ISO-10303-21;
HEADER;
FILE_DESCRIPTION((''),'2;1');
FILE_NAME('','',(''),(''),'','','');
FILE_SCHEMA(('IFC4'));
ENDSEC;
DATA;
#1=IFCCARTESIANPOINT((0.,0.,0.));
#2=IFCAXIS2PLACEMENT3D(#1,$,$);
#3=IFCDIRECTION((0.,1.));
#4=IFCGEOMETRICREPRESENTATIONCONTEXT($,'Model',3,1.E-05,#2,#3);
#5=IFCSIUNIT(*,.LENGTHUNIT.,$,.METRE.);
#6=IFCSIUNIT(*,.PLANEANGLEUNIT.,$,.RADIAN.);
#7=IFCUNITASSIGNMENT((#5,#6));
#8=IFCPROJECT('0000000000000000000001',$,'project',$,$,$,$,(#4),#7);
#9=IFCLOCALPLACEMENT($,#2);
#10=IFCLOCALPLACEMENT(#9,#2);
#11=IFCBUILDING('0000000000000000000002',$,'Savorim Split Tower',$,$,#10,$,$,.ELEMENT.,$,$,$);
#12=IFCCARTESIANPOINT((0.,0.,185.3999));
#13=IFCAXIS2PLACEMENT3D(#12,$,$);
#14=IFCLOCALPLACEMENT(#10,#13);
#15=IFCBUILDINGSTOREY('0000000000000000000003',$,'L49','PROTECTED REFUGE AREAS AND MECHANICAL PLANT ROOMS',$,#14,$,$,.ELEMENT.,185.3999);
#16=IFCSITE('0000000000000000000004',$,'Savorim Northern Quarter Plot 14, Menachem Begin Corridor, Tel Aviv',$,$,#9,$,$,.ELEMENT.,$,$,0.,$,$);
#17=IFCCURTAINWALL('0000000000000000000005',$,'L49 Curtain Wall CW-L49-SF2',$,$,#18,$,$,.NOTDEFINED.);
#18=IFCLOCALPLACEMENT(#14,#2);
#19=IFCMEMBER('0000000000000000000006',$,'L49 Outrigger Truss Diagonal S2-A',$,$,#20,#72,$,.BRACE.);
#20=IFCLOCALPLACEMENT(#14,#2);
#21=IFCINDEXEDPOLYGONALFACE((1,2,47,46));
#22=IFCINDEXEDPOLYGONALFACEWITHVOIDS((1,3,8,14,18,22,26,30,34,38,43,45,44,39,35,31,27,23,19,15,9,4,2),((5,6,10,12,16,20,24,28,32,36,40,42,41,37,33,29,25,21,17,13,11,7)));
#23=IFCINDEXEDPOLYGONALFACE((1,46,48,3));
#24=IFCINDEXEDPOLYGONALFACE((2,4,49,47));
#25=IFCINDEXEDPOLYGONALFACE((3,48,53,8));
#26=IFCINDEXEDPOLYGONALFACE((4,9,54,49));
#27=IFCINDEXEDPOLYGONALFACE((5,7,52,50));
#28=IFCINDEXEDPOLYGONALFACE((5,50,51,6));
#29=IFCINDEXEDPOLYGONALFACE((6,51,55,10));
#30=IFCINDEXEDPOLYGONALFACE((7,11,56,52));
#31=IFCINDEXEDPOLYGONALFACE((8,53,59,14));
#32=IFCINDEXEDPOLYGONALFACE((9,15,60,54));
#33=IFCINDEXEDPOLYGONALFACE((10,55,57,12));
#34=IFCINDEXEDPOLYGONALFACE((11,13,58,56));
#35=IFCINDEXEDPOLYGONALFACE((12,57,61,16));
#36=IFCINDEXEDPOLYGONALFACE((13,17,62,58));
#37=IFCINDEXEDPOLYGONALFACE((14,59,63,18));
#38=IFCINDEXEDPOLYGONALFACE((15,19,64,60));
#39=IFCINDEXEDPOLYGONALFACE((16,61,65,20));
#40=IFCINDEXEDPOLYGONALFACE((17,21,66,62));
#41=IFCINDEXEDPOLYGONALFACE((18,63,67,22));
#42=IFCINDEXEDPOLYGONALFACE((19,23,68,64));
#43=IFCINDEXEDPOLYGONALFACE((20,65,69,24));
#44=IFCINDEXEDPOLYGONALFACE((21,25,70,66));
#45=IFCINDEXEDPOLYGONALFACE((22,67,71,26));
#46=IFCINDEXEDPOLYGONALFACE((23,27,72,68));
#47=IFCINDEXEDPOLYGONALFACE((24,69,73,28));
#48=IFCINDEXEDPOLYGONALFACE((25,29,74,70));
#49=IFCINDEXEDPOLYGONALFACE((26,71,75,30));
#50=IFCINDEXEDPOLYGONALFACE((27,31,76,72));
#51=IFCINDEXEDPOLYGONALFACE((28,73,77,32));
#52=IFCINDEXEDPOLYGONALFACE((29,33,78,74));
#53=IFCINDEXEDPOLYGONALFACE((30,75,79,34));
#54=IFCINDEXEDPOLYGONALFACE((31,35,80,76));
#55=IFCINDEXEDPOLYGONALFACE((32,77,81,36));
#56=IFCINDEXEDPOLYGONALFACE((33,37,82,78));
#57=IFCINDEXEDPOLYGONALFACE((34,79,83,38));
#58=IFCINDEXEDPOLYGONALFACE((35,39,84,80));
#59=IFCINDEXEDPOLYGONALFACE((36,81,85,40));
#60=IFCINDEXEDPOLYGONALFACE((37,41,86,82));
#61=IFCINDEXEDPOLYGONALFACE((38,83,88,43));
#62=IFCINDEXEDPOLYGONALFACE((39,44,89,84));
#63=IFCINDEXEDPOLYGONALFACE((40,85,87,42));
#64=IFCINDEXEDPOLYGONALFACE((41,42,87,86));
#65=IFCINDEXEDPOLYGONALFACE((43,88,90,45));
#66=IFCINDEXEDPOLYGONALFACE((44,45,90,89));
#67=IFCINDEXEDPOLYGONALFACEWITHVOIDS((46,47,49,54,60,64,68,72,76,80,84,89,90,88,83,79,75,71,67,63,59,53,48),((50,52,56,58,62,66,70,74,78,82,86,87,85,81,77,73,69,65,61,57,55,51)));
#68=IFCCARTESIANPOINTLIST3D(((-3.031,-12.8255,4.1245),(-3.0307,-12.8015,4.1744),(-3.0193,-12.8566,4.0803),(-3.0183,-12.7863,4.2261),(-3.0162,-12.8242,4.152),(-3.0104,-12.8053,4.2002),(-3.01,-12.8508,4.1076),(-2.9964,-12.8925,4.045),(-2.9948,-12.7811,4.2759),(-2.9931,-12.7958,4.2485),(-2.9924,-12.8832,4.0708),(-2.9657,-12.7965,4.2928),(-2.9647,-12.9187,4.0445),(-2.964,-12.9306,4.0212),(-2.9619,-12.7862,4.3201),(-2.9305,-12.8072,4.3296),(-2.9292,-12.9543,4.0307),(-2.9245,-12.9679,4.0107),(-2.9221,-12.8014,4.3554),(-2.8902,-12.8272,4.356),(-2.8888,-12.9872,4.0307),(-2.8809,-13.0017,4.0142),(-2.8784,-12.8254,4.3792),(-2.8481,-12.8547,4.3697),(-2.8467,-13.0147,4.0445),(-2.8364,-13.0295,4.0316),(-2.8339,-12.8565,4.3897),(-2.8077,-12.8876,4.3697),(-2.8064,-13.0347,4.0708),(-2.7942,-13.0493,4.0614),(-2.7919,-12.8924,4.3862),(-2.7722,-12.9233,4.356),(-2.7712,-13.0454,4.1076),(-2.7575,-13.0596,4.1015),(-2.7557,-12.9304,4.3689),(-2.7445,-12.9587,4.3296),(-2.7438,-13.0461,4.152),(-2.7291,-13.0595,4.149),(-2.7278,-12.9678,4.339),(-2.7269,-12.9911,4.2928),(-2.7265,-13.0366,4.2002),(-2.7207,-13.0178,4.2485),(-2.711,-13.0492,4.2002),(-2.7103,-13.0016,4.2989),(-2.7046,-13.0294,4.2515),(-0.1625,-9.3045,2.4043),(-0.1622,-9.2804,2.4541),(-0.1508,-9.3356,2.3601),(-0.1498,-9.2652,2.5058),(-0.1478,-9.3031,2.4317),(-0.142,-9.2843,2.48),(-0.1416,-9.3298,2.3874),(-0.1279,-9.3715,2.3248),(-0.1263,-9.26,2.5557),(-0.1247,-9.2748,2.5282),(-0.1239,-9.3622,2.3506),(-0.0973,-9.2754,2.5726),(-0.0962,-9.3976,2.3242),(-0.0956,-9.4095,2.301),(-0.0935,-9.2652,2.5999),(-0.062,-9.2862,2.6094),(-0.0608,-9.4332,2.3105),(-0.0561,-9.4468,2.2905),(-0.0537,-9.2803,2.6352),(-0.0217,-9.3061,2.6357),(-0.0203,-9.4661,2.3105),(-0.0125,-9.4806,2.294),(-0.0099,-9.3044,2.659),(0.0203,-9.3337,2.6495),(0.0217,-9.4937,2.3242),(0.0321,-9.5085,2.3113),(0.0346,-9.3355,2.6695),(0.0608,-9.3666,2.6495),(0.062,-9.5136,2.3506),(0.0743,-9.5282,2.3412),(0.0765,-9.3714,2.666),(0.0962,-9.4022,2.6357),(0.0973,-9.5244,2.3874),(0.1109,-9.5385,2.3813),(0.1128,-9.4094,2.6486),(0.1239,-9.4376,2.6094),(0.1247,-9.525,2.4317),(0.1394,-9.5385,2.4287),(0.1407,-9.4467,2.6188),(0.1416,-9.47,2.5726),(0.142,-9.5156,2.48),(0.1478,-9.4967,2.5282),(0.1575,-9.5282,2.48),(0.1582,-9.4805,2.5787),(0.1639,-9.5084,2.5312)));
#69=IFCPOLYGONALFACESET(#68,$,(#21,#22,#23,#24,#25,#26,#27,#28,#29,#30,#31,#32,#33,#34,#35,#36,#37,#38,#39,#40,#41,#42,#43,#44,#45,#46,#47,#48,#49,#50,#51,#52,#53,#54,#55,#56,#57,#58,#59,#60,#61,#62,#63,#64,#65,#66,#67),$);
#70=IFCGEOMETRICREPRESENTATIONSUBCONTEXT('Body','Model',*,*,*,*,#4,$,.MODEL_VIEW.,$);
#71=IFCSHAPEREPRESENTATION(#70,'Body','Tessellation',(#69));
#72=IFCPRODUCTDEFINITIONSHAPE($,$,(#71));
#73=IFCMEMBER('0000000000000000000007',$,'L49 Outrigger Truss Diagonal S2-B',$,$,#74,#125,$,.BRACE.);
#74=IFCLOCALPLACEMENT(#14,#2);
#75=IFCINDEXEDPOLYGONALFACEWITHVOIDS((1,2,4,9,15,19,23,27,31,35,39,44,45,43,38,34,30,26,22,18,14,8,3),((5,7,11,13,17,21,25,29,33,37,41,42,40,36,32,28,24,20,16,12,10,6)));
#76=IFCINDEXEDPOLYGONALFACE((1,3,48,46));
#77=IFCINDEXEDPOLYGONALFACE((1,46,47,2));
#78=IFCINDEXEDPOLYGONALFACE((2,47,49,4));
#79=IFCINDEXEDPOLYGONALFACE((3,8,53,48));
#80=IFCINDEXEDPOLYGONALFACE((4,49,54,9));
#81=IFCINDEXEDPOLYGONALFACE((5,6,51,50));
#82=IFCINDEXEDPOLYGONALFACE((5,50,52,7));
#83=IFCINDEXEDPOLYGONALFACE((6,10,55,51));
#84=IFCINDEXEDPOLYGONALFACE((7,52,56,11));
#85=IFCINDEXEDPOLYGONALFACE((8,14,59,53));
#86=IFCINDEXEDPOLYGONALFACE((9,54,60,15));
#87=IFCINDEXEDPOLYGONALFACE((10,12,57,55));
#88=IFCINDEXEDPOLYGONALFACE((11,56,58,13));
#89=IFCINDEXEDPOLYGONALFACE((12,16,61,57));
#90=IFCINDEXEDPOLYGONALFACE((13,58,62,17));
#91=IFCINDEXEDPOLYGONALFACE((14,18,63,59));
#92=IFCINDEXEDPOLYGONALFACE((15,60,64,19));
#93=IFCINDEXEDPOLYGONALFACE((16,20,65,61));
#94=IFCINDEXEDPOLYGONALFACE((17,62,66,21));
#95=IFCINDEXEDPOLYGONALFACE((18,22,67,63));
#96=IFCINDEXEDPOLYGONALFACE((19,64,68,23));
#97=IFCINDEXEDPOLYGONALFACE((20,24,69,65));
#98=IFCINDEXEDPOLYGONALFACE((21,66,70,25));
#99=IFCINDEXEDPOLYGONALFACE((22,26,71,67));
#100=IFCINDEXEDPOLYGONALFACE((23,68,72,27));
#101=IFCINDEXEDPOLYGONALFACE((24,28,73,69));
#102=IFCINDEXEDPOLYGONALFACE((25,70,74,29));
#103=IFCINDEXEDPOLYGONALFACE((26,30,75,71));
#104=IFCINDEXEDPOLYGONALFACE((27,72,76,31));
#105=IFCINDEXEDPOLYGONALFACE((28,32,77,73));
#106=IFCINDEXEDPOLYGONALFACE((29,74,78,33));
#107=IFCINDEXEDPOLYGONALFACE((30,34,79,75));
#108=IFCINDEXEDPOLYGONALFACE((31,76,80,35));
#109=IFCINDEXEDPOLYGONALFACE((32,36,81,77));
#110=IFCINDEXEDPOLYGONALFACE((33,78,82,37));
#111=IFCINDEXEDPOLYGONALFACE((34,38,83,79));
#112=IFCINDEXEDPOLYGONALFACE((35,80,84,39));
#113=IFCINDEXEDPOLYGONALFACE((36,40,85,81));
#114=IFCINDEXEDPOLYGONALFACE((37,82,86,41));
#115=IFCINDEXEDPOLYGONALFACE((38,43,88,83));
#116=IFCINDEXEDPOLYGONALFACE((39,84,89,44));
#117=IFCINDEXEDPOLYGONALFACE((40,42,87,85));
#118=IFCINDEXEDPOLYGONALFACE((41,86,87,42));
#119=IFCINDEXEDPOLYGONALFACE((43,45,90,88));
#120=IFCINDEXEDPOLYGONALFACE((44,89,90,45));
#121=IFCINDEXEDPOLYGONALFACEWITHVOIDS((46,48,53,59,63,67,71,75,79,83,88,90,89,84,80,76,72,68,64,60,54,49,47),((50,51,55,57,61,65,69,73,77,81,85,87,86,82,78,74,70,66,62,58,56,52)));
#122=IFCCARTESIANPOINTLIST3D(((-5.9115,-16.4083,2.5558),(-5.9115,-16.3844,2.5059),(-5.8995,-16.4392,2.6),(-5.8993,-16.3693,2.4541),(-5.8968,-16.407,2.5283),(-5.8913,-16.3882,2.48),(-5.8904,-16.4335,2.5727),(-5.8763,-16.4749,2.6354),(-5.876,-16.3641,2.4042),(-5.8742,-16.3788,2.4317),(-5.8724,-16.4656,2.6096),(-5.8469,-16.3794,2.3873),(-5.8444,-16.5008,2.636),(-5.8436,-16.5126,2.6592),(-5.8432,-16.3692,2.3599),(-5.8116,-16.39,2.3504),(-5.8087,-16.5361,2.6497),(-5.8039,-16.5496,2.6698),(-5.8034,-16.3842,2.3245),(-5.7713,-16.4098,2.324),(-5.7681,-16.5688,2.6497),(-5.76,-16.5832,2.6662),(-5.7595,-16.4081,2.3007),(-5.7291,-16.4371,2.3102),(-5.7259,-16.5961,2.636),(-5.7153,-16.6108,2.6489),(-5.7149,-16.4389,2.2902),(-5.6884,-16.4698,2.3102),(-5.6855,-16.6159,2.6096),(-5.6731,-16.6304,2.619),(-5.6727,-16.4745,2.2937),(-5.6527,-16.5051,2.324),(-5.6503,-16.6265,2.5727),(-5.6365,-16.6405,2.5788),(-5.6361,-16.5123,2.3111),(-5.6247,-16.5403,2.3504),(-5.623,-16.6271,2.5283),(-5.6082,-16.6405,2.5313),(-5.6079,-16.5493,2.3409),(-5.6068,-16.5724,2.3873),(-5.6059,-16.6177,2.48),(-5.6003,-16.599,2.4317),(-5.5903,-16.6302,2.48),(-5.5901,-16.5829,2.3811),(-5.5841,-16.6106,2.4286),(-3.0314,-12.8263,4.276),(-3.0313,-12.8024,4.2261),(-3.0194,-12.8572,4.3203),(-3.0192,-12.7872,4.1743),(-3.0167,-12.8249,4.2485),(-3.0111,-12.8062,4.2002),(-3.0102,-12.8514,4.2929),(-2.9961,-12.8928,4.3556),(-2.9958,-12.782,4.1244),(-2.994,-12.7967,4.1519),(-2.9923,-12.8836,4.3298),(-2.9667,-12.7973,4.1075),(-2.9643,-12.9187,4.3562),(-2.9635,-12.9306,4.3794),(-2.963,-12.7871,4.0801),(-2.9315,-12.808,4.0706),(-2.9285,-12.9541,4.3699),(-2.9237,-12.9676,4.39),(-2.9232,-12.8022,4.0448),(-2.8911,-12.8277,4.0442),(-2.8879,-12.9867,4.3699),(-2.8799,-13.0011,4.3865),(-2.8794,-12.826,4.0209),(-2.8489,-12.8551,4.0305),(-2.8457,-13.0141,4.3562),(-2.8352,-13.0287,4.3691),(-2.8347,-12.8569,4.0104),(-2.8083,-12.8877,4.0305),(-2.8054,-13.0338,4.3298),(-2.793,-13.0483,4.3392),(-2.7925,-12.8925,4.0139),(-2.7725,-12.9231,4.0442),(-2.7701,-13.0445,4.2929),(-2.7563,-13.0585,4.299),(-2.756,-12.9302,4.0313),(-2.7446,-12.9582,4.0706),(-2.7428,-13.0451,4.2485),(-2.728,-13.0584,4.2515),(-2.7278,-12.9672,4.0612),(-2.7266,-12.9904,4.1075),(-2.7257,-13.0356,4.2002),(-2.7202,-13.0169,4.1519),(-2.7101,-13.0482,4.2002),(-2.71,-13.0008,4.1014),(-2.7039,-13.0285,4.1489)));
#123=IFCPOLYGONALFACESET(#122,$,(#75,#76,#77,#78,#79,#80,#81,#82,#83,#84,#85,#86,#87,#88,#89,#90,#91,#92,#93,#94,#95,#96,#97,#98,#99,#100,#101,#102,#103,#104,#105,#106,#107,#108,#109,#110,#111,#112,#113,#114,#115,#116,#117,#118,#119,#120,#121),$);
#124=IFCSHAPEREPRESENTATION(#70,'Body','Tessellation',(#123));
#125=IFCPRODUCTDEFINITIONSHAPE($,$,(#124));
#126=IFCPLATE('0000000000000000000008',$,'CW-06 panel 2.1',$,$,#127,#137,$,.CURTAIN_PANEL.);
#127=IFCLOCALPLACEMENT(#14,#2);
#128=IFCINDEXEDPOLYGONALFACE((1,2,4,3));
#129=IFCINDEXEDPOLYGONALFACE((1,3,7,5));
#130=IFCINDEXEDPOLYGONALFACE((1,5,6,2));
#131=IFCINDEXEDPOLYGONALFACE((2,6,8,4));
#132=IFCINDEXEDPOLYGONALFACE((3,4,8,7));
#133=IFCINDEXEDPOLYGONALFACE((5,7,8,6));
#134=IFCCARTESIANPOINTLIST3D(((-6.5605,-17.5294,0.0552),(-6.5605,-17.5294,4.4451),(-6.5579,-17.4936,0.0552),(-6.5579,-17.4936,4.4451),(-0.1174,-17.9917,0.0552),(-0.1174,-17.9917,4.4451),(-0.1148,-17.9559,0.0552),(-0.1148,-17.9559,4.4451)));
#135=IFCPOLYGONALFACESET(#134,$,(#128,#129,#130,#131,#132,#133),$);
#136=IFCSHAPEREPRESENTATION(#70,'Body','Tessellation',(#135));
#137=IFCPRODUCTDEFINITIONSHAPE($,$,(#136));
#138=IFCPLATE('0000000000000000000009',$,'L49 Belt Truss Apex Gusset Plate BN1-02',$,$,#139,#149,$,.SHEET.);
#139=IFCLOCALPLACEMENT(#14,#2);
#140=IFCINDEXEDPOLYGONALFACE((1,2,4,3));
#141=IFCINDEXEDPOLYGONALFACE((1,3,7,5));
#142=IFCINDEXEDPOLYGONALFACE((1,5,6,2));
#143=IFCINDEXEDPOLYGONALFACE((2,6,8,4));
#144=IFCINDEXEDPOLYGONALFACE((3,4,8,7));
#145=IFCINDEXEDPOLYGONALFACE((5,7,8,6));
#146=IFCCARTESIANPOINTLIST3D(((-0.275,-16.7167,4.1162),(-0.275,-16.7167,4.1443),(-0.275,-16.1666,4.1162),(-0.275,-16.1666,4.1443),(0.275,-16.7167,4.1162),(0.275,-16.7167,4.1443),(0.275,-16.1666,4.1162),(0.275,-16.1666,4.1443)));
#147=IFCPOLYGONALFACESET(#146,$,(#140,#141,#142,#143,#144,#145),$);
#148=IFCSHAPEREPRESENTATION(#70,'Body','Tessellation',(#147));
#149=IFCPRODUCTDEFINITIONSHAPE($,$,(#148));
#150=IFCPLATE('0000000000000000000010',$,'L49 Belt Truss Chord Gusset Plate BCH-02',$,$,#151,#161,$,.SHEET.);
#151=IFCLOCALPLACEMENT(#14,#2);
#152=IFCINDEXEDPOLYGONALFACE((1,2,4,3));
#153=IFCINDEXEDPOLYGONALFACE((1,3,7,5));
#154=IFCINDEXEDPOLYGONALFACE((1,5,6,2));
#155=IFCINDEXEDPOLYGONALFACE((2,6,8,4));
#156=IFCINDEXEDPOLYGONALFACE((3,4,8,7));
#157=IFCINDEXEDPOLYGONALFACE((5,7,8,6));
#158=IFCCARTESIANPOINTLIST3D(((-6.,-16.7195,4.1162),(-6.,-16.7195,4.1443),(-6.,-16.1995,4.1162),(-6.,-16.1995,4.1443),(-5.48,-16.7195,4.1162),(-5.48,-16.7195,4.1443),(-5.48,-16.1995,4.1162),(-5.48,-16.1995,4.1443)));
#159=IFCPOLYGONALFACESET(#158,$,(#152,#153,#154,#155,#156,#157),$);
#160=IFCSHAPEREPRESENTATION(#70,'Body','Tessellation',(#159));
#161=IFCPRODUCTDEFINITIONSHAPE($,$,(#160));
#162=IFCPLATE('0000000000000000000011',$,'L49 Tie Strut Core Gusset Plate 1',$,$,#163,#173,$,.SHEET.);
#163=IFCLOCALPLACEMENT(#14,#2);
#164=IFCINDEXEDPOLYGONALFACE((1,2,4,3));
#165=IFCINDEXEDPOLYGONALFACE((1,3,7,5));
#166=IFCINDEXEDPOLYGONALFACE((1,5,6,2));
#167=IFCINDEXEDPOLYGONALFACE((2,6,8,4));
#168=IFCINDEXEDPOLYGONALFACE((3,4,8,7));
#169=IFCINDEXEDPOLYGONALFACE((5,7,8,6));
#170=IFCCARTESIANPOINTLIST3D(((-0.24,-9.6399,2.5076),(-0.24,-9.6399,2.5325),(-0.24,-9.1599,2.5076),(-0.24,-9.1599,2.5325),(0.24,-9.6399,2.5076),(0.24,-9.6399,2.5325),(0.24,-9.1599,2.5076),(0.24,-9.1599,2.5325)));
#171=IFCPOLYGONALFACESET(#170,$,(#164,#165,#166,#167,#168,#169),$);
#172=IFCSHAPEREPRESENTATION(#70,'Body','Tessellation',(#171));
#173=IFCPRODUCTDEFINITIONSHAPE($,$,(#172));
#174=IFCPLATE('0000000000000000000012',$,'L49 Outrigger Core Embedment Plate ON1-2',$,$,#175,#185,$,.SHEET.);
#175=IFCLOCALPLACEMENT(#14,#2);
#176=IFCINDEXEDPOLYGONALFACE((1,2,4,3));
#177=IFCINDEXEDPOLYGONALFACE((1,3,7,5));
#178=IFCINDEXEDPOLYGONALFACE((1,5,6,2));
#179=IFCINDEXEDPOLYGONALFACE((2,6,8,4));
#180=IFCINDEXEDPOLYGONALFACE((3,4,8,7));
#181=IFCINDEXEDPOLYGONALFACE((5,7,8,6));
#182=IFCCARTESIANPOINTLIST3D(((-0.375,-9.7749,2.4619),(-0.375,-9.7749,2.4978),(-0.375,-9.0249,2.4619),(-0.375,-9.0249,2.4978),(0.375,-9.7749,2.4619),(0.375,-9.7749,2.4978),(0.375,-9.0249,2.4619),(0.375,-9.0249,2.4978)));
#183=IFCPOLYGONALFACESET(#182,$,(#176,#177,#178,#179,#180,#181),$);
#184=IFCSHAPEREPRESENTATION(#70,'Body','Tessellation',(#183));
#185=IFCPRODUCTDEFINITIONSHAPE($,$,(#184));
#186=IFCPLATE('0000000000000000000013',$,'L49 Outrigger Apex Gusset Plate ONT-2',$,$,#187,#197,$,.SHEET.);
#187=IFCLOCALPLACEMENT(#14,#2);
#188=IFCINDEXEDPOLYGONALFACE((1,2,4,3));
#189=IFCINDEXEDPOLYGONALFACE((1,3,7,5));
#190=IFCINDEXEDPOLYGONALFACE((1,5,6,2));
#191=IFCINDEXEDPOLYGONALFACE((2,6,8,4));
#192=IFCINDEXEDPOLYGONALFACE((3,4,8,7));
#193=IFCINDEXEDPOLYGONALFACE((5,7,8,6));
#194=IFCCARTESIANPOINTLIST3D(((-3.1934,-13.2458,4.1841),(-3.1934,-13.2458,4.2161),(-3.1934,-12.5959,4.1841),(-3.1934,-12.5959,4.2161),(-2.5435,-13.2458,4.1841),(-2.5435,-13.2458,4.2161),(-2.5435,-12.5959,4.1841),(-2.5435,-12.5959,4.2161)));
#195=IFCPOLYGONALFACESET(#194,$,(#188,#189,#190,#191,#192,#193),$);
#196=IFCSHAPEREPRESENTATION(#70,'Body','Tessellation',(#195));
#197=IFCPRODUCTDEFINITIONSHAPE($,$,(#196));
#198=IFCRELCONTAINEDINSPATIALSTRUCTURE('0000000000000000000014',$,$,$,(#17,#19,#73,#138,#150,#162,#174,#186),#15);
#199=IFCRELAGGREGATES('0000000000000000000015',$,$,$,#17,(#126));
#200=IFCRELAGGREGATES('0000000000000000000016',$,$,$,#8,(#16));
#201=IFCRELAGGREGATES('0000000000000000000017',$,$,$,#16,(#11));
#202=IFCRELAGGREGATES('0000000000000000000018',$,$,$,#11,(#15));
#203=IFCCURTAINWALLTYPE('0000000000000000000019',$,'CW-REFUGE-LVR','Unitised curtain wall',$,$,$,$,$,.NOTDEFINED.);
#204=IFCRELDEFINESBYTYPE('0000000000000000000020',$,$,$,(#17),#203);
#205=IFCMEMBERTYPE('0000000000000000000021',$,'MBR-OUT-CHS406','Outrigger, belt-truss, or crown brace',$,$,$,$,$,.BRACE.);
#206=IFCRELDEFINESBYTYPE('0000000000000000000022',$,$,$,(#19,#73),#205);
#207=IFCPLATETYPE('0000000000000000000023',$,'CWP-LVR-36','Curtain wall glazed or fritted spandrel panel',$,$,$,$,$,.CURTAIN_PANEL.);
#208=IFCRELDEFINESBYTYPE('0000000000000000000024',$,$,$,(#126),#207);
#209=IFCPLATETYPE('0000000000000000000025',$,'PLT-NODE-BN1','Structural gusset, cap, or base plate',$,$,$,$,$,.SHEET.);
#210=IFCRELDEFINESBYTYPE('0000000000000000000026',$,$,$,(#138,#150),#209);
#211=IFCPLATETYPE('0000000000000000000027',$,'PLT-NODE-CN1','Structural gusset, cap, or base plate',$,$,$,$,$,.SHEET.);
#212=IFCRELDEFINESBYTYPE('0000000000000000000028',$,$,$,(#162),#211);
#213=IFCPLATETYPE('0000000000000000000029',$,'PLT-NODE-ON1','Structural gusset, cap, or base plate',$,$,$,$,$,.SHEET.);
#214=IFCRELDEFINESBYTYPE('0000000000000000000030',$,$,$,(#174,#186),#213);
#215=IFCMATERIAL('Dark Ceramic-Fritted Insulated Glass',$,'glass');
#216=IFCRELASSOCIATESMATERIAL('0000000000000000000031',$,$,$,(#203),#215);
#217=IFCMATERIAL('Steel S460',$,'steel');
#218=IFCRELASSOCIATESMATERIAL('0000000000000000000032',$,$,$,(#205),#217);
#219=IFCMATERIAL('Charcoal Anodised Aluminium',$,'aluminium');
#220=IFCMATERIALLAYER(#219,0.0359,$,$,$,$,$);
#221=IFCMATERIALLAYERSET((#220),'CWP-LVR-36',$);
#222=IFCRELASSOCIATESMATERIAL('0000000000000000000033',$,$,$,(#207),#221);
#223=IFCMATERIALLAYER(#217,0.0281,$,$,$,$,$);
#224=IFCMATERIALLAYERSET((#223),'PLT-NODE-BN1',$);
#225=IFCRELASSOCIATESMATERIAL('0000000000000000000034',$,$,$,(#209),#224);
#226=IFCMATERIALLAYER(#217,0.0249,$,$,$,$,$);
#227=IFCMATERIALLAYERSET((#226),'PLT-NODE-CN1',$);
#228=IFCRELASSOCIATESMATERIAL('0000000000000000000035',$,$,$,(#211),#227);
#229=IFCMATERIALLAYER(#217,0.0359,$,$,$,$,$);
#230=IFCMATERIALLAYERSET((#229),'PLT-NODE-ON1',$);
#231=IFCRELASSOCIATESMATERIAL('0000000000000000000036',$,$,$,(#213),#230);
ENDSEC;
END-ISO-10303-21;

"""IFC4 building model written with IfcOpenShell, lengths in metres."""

from ifc_helpers import new_model, si_unit, direction, frame, origin, origin_2d, place, context, subcontext, project, spatial, rectangle, hollow_circle, extrude, material, layer, layer_set, material_profile, profile_set, type_object, element, aggregate, save


model = new_model("IFC4")

# Units and contexts
model_context = context("Model", 3, precision=1e-05, world=origin(), true_north=direction((0.0, 1.0)))
body_context = subcontext(model_context, "Body", "Model", "MODEL_VIEW")
ifc_project = project(units=[si_unit("LENGTHUNIT", "METRE"), si_unit("PLANEANGLEUNIT", "RADIAN")], contexts=[model_context])

# Site, building, storey
site_placement = place(None, origin())
site = spatial("IfcSite", under=ifc_project, at=site_placement, Name="Savorim Northern Quarter Plot 14, Menachem Begin Corridor, Tel Aviv", CompositionType="ELEMENT", RefElevation=0.0)
building_placement = place(site_placement, origin())
building = spatial("IfcBuilding", under=site, at=building_placement, Name="Savorim Split Tower", CompositionType="ELEMENT")
storey_placement = place(building_placement, frame((0.0, 0.0, 185.3999)))
storey = spatial("IfcBuildingStorey", under=building, at=storey_placement, Name="L49", Description="PROTECTED REFUGE AREAS AND MECHANICAL PLANT ROOMS", CompositionType="ELEMENT", Elevation=185.3999)

# Shared definitions
ifc_material_1 = material(Name="Steel S460", Category="steel")

# Curtain wall
ifc_material_2 = material(Name="Dark Ceramic-Fritted Insulated Glass", Category="glass")
curtain_wall_type = type_object("IfcCurtainWallType", Name="CW-REFUGE-LVR", Description="Unitised curtain wall", PredefinedType="NOTDEFINED", material=ifc_material_2)
curtain_wall_placement = place(storey_placement, origin())
curtain_wall = element("IfcCurtainWall", 1, at=curtain_wall_placement, inside=storey, type_object=curtain_wall_type, Name="L49 Curtain Wall CW-L49-SF2", PredefinedType="NOTDEFINED")
ifc_material_3 = material(Name="Charcoal Anodised Aluminium", Category="aluminium")

# Members
ifc_material_profile_1 = material_profile(ifc_material_1, hollow_circle(Radius=0.2031, WallThickness=0.02, at=origin_2d()), Name="CHS 406.4x20")
ifc_profile_set_1 = profile_set([ifc_material_profile_1], Name="Steel S460")
member_type_1 = type_object("IfcMemberType", Name="MBR-OUT-CHS406", Description="Outrigger, belt-truss, or crown brace", PredefinedType="BRACE", material=ifc_profile_set_1)
member_1_placement = place(storey_placement, frame((0.0, -9.3999, 2.48), z_axis=(-0.590649, -0.725026, 0.354218), x_axis=(0.775294, -0.6316, 0.0)))
element("IfcMember", 2, at=member_1_placement, inside=storey, type_object=member_type_1, Name="L49 Outrigger Truss Diagonal S2-A", PredefinedType="BRACE", context=body_context, shape_type="SweptSolid", body=[
    extrude(hollow_circle(Radius=0.2031, WallThickness=0.02, at=origin_2d()), origin(), (0.0, 0.0, 1.0), 4.8564),
])
member_2_placement = place(storey_placement, frame((-2.8684, -12.9209, 4.2002), z_axis=(-0.586862, -0.729884, -0.350516), x_axis=(0.779327, -0.626617, 0.0)))
element("IfcMember", 3, at=member_2_placement, inside=storey, type_object=member_type_1, Name="L49 Outrigger Truss Diagonal S2-B", PredefinedType="BRACE", context=body_context, shape_type="SweptSolid", body=[
    extrude(hollow_circle(Radius=0.2031, WallThickness=0.02, at=origin_2d()), origin(), (0.0, 0.0, 1.0), 4.9077),
])

# Plate
ifc_layer_1 = layer(ifc_material_3, 0.0359)
ifc_layer_set_1 = layer_set([ifc_layer_1], Name="CWP-LVR-36")
plate_type_1 = type_object("IfcPlateType", Name="CWP-LVR-36", Description="Curtain wall glazed or fritted spandrel panel", PredefinedType="CURTAIN_PANEL", material=ifc_layer_set_1)
plate_1_placement = place(storey_placement, frame((-3.3376, -17.7427, 0.0552), z_axis=(0.0, 0.0, 1.0), x_axis=(0.997436, -0.071562, 0.0)))
plate_1 = element("IfcPlate", 4, at=plate_1_placement, type_object=plate_type_1, Name="CW-06 panel 2.1", PredefinedType="CURTAIN_PANEL", context=body_context, shape_type="SweptSolid", body=[
    extrude(rectangle(XDim=6.4597, YDim=0.0359, at=origin_2d()), origin(), (0.0, 0.0, 1.0), 4.3899),
])
aggregate(curtain_wall, [plate_1])

# Plates
ifc_layer_2 = layer(ifc_material_1, 0.0281)
ifc_layer_set_2 = layer_set([ifc_layer_2], Name="PLT-NODE-BN1")
plate_type_2 = type_object("IfcPlateType", Name="PLT-NODE-BN1", Description="Structural gusset, cap, or base plate", PredefinedType="SHEET", material=ifc_layer_set_2)
plate_2_placement = place(storey_placement, frame((0.0, -16.4417, 4.1162), z_axis=(0.0, 0.0, 1.0), x_axis=(1.0, 0.0, 0.0)))
element("IfcPlate", 5, at=plate_2_placement, inside=storey, type_object=plate_type_2, Name="L49 Belt Truss Apex Gusset Plate BN1-02", PredefinedType="SHEET", context=body_context, shape_type="SweptSolid", body=[
    extrude(rectangle(XDim=0.55, YDim=0.55, at=origin_2d()), origin(), (0.0, 0.0, 1.0), 0.0281),
])
plate_3_placement = place(storey_placement, frame((-5.74, -16.4595, 4.1162), z_axis=(0.0, 0.0, 1.0), x_axis=(1.0, 0.0, 0.0)))
element("IfcPlate", 6, at=plate_3_placement, inside=storey, type_object=plate_type_2, Name="L49 Belt Truss Chord Gusset Plate BCH-02", PredefinedType="SHEET", context=body_context, shape_type="SweptSolid", body=[
    extrude(rectangle(XDim=0.52, YDim=0.52, at=origin_2d()), origin(), (0.0, 0.0, 1.0), 0.0281),
])
ifc_layer_3 = layer(ifc_material_1, 0.0249)
ifc_layer_set_3 = layer_set([ifc_layer_3], Name="PLT-NODE-CN1")
plate_type_3 = type_object("IfcPlateType", Name="PLT-NODE-CN1", Description="Structural gusset, cap, or base plate", PredefinedType="SHEET", material=ifc_layer_set_3)
plate_4_placement = place(storey_placement, frame((0.0, -9.3999, 2.5076), z_axis=(0.0, 0.0, 1.0), x_axis=(1.0, 0.0, 0.0)))
element("IfcPlate", 7, at=plate_4_placement, inside=storey, type_object=plate_type_3, Name="L49 Tie Strut Core Gusset Plate 1", PredefinedType="SHEET", context=body_context, shape_type="SweptSolid", body=[
    extrude(rectangle(XDim=0.48, YDim=0.48, at=origin_2d()), origin(), (0.0, 0.0, 1.0), 0.0249),
])
ifc_layer_4 = layer(ifc_material_1, 0.0359)
ifc_layer_set_4 = layer_set([ifc_layer_4], Name="PLT-NODE-ON1")
plate_type_4 = type_object("IfcPlateType", Name="PLT-NODE-ON1", Description="Structural gusset, cap, or base plate", PredefinedType="SHEET", material=ifc_layer_set_4)
plate_5_placement = place(storey_placement, frame((0.0, -9.3999, 2.4619), z_axis=(0.0, 0.0, 1.0), x_axis=(1.0, 0.0, 0.0)))
element("IfcPlate", 8, at=plate_5_placement, inside=storey, type_object=plate_type_4, Name="L49 Outrigger Core Embedment Plate ON1-2", PredefinedType="SHEET", context=body_context, shape_type="SweptSolid", body=[
    extrude(rectangle(XDim=0.75, YDim=0.75, at=origin_2d()), origin(), (0.0, 0.0, 1.0), 0.0359),
])
plate_6_placement = place(storey_placement, frame((-2.8684, -12.9209, 4.1841), z_axis=(0.0, 0.0, 1.0), x_axis=(1.0, 0.0, 0.0)))
element("IfcPlate", 9, at=plate_6_placement, inside=storey, type_object=plate_type_4, Name="L49 Outrigger Apex Gusset Plate ONT-2", PredefinedType="SHEET", context=body_context, shape_type="SweptSolid", body=[
    extrude(rectangle(XDim=0.6499, YDim=0.6499, at=origin_2d()), origin(), (0.0, 0.0, 1.0), 0.032),
])

save(model, "model.ifc")
